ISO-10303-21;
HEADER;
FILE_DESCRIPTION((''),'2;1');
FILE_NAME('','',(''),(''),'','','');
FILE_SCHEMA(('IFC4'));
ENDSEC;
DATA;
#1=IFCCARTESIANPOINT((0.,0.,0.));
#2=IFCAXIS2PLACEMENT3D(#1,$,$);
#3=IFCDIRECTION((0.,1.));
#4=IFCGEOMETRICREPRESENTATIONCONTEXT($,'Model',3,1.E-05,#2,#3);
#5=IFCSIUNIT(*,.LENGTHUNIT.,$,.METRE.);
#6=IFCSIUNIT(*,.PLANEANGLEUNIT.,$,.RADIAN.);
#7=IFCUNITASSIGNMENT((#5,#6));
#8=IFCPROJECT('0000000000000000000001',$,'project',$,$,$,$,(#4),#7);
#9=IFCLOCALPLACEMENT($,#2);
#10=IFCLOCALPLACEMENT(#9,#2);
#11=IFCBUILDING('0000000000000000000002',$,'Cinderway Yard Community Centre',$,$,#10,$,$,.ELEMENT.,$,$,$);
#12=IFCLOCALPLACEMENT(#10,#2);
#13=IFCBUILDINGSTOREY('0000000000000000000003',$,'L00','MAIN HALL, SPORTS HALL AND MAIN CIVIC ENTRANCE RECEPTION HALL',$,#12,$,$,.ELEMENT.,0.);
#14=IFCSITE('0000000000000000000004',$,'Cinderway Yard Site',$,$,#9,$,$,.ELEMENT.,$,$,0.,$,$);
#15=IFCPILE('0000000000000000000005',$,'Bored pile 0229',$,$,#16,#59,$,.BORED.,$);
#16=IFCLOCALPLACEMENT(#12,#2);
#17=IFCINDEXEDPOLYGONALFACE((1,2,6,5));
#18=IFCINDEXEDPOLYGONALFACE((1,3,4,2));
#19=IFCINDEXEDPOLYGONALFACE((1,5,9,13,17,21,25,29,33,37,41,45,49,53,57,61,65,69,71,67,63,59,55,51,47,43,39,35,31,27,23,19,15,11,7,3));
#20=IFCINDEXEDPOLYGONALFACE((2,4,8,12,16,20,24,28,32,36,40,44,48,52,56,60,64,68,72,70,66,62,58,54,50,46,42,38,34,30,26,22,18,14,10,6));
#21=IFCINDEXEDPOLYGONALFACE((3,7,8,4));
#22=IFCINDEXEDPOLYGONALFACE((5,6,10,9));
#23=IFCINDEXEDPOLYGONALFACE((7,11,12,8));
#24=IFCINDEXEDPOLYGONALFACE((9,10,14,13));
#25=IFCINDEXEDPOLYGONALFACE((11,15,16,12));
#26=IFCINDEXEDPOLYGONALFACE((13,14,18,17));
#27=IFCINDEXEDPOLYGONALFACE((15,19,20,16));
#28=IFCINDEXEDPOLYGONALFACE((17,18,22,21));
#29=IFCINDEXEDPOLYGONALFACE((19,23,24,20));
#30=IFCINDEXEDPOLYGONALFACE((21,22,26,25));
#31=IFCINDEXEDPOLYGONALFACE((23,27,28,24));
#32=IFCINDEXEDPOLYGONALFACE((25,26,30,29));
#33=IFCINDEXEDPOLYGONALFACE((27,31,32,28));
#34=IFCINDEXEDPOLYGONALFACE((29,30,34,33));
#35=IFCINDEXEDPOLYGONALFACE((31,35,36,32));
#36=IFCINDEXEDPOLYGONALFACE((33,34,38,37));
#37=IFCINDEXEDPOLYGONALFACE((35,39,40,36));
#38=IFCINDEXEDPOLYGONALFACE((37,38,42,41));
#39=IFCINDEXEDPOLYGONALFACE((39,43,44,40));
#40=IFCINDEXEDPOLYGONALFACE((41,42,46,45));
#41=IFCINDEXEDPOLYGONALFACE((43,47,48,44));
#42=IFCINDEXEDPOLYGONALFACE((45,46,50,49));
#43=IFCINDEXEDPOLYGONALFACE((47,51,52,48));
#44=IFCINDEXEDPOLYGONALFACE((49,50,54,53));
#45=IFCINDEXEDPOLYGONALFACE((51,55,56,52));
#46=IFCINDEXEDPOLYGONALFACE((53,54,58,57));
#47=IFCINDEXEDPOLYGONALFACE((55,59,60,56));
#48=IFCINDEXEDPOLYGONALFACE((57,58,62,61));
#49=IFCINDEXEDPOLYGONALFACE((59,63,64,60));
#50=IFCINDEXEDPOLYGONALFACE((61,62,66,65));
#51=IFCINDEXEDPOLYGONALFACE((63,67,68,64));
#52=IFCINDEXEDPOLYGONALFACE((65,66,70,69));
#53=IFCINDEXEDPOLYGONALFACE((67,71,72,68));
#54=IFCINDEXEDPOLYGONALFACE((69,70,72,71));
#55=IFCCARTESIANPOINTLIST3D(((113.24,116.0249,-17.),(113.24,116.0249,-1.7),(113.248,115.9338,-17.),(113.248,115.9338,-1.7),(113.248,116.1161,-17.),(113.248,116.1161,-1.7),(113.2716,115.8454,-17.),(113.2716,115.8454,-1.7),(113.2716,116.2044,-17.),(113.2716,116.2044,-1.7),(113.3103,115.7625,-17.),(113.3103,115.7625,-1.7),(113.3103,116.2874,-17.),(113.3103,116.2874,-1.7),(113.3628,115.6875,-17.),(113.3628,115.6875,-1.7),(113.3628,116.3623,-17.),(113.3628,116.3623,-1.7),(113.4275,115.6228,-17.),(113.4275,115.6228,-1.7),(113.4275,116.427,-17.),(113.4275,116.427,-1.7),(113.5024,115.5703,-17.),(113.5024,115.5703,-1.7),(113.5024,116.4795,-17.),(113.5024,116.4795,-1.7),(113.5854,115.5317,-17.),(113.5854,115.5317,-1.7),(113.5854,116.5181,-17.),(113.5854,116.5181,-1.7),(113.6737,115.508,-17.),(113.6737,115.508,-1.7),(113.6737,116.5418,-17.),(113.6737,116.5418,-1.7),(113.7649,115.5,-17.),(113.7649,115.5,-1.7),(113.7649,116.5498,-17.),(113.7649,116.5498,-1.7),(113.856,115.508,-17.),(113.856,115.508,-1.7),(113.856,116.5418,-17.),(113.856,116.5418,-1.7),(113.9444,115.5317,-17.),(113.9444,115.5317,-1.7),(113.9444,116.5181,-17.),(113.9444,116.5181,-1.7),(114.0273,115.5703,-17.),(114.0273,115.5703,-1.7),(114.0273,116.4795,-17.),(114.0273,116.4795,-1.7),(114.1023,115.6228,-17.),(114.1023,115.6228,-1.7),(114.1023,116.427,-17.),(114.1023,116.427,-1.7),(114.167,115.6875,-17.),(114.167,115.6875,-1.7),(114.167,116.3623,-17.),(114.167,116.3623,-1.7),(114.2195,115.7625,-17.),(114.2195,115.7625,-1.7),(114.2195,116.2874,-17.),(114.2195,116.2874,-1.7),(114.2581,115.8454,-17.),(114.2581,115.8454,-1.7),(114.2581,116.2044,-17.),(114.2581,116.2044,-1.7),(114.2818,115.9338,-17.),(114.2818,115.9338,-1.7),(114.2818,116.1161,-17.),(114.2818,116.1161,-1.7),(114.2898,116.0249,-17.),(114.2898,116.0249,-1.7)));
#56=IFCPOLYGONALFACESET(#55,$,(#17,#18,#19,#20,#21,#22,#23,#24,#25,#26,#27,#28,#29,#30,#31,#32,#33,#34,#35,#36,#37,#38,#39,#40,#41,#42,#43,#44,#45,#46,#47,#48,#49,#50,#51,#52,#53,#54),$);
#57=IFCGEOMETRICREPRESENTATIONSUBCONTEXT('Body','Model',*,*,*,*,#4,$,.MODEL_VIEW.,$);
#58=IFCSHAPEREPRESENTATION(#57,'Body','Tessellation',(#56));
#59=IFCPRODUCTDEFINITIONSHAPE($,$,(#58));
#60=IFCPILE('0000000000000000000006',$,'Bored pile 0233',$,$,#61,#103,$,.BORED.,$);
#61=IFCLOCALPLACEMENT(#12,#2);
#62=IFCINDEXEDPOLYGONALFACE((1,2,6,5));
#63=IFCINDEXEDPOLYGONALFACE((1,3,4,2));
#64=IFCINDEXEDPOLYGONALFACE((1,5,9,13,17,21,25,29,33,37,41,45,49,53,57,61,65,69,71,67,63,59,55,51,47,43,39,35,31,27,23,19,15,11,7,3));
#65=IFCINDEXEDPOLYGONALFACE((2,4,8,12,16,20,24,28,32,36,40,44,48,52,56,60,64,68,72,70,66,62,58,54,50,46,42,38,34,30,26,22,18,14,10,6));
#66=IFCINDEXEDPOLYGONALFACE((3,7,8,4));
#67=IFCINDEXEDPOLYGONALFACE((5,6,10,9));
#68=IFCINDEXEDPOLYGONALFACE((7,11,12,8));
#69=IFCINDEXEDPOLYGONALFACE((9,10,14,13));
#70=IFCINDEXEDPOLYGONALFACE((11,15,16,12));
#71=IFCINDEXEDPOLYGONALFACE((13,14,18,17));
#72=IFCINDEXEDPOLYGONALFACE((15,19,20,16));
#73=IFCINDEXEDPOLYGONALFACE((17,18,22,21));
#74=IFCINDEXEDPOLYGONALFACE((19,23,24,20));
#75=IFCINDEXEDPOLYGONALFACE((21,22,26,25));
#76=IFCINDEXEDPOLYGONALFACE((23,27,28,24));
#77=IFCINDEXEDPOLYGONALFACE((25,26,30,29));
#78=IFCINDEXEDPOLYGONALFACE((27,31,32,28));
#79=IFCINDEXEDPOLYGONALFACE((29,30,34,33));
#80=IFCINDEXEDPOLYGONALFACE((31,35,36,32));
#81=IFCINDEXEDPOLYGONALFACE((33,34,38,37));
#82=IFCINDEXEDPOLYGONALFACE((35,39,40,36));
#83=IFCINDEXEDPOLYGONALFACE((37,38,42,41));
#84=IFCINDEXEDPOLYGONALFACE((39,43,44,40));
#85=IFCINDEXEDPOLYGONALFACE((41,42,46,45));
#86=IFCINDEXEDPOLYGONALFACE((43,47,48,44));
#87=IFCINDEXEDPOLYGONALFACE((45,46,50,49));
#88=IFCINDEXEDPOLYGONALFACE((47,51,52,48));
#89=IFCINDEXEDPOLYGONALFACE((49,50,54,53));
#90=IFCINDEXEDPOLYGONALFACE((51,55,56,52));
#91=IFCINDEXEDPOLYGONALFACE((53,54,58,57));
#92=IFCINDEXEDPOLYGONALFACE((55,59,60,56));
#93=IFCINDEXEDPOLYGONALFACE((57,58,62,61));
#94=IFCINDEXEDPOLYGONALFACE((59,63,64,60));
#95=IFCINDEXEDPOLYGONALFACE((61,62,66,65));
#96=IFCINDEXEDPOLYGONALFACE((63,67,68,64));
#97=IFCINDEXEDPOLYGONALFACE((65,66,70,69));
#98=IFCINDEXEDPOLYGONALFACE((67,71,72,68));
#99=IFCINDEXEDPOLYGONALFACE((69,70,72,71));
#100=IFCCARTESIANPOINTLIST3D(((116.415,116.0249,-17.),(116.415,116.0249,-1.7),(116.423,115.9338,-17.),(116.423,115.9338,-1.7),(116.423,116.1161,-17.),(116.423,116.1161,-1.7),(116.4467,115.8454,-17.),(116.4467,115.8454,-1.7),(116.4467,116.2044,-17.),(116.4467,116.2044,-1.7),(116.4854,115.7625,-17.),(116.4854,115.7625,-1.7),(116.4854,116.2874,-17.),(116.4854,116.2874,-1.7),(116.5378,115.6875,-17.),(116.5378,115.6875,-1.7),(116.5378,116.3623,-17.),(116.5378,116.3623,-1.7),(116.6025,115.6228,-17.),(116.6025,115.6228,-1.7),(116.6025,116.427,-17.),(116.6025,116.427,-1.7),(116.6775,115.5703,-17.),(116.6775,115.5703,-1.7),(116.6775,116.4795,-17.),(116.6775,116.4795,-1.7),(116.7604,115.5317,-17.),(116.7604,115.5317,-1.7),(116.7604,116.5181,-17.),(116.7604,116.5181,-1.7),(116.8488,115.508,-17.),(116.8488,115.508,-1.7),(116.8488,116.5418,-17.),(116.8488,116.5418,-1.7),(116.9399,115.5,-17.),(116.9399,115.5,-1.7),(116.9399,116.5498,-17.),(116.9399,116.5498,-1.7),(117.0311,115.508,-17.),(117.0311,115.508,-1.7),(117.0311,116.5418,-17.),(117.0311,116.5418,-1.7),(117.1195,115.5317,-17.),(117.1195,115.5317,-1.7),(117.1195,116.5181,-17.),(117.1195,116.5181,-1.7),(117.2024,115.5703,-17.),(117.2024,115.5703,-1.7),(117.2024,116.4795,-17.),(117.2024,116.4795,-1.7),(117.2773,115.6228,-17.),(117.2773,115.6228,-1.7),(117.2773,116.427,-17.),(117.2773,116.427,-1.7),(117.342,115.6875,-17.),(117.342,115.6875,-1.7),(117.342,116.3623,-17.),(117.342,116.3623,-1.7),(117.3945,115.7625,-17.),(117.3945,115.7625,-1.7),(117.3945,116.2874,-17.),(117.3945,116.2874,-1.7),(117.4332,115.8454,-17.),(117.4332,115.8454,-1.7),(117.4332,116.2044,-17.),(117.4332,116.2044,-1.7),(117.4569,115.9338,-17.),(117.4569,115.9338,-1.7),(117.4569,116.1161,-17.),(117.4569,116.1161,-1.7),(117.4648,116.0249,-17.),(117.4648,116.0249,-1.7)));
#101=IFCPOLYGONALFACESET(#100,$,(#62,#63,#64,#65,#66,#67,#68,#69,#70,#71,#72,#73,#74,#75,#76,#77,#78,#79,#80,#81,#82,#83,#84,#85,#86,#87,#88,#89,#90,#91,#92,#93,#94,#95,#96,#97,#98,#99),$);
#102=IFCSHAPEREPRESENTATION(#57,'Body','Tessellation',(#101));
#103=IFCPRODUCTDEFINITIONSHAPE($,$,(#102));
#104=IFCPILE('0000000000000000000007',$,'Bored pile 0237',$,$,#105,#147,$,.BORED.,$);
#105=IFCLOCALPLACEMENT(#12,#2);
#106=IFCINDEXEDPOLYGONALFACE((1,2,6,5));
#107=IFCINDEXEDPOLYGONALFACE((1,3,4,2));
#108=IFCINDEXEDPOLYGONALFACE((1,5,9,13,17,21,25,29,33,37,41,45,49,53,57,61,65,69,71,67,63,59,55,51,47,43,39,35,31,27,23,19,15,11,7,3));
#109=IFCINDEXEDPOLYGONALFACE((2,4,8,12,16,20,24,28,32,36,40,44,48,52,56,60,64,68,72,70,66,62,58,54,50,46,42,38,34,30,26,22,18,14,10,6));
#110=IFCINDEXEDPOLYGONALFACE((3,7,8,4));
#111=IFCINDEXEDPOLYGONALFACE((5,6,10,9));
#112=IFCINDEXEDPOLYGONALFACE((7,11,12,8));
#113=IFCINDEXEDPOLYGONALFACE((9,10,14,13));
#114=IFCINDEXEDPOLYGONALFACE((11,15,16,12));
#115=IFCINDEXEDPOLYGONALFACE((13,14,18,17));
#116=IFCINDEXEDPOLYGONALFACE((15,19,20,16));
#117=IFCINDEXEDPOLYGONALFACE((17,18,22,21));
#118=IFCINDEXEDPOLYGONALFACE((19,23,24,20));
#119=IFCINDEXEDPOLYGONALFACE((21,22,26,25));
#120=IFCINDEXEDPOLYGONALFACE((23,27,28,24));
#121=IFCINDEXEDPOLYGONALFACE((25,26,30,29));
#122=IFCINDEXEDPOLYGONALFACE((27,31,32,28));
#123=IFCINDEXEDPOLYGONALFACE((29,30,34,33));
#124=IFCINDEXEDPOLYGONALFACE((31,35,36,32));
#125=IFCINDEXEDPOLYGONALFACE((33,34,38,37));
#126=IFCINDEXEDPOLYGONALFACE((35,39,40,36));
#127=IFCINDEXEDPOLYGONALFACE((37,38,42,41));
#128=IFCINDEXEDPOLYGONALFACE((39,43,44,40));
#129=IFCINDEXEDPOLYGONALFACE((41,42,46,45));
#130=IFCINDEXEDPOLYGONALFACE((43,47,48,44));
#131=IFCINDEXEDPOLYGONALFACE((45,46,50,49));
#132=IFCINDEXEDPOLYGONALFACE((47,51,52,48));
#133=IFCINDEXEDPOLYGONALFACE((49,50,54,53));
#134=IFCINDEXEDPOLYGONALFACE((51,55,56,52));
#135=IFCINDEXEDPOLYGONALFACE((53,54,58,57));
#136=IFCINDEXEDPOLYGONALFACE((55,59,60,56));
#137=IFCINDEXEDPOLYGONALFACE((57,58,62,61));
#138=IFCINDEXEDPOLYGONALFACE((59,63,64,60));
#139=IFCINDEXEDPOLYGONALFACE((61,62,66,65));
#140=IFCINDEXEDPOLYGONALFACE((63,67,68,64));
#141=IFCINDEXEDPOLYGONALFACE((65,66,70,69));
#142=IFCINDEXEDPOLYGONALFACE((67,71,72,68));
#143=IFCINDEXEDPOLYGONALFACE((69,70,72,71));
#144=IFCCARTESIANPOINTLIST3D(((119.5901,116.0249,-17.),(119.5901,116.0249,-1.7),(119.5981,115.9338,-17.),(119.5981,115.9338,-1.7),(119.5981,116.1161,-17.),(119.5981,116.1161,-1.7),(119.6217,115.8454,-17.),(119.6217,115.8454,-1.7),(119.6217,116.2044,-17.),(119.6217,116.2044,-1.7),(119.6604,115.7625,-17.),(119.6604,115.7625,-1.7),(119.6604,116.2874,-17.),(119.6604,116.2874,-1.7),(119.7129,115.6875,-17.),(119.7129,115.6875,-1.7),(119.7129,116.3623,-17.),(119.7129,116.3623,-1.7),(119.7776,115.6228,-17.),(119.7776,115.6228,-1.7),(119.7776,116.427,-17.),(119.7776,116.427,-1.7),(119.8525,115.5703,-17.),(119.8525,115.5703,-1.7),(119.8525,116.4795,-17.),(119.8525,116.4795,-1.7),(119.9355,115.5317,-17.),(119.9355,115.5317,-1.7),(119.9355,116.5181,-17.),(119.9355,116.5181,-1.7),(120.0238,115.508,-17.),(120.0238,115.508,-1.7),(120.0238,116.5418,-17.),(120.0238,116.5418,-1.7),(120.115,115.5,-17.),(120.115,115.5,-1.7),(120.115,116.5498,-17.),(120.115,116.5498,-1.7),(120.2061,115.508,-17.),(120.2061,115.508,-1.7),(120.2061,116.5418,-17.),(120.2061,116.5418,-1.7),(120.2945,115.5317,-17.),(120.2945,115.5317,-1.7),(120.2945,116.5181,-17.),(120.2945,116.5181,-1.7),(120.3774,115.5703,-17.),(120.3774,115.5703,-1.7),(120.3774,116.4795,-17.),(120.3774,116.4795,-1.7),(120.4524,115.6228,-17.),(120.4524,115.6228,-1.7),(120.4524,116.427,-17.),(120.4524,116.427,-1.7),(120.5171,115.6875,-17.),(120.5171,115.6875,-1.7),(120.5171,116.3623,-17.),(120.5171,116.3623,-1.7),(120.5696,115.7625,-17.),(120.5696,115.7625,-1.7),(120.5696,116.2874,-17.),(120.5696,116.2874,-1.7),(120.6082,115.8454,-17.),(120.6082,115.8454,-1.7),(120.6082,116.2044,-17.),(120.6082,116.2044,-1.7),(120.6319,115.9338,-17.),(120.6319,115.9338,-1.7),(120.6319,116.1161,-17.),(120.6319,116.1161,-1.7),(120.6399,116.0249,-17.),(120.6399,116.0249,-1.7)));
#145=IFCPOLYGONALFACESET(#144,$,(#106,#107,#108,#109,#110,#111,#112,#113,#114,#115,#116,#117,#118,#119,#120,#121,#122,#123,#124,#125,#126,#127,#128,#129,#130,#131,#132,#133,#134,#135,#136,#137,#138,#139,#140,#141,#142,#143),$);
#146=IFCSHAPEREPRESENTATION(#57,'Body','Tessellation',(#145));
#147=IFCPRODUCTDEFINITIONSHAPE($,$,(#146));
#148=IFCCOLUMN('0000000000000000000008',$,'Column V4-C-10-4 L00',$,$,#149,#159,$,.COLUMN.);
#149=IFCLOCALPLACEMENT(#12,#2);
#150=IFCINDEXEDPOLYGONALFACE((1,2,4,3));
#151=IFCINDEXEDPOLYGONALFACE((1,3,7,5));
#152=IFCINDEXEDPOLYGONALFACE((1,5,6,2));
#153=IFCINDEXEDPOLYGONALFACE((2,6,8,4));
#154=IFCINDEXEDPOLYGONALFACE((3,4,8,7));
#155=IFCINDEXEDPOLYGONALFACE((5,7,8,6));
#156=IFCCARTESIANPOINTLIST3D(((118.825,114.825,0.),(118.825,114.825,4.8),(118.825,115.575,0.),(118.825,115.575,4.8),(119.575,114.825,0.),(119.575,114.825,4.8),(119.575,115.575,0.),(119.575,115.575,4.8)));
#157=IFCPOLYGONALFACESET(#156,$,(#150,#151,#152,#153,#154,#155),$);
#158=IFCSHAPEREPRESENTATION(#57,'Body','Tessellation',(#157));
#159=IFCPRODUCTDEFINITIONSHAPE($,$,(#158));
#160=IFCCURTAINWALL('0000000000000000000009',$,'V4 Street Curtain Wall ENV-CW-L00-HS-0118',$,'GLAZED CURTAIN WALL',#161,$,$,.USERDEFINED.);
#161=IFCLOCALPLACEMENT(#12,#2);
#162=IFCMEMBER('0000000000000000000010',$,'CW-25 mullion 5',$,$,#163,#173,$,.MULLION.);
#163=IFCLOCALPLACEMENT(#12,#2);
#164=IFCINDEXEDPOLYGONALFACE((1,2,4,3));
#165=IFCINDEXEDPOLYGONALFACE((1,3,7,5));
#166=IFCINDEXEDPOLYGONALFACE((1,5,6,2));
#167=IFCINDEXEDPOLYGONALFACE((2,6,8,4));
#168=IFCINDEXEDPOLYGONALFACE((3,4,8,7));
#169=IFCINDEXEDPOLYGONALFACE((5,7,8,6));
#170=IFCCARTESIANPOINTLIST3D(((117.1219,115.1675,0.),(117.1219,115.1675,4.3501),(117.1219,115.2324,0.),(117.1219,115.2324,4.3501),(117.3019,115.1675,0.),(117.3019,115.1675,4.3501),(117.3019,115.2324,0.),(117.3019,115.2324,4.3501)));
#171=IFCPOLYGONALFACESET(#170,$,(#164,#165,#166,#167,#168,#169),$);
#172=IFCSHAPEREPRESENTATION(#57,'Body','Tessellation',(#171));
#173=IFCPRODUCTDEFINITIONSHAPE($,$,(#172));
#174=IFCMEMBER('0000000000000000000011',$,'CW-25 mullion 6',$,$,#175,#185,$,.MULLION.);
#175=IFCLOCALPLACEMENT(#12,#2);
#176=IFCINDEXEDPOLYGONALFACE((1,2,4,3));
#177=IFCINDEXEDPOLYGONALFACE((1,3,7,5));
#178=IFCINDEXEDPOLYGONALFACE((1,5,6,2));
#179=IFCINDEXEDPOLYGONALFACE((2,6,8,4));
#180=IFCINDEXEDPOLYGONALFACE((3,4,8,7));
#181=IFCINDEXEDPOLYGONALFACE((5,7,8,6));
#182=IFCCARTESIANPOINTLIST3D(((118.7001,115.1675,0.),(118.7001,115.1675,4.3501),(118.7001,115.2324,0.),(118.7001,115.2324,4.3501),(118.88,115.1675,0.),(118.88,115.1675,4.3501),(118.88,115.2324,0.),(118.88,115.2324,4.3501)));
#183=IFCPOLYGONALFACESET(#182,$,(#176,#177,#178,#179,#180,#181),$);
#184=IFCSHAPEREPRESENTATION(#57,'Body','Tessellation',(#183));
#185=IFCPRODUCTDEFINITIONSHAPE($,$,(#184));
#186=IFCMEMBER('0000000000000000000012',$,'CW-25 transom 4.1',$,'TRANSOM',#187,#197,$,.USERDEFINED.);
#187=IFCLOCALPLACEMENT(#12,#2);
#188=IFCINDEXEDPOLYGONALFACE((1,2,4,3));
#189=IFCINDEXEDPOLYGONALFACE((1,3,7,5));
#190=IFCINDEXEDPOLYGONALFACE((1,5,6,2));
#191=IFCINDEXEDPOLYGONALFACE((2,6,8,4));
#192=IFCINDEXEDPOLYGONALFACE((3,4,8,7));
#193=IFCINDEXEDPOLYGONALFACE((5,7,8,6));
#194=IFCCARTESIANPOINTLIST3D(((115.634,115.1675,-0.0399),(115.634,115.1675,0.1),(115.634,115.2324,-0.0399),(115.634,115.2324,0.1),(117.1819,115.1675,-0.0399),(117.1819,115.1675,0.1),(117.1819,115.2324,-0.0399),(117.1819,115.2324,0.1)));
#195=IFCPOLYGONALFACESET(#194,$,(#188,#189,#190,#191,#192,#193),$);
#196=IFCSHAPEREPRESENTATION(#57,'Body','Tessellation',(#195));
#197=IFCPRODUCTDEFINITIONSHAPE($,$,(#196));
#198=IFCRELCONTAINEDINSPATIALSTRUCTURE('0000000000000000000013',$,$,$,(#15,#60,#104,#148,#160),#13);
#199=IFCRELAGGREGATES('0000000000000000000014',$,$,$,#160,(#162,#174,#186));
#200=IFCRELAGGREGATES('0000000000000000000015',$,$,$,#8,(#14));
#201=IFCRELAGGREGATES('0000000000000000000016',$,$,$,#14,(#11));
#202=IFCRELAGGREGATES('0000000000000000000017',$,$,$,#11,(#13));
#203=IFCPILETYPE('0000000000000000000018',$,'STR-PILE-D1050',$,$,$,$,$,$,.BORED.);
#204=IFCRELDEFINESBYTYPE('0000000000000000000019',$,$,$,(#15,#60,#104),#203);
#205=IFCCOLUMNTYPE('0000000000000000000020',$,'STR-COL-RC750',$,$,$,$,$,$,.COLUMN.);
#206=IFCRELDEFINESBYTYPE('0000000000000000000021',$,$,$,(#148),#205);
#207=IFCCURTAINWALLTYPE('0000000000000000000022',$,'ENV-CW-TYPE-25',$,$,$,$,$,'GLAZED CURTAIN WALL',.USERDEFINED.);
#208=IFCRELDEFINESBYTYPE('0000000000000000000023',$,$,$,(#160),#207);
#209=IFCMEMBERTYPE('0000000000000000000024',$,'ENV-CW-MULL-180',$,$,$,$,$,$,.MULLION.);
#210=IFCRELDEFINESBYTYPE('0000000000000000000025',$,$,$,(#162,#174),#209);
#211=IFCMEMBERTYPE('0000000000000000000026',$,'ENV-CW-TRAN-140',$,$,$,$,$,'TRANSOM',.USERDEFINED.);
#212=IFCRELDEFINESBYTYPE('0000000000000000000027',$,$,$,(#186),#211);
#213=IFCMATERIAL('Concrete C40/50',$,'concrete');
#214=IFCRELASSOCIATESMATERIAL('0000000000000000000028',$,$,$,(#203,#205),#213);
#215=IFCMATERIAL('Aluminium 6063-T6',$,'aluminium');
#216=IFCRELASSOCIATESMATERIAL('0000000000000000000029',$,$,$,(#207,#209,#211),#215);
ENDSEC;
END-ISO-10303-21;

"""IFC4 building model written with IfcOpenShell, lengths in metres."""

from ifc_helpers import new_model, si_unit, direction, frame, origin, origin_2d, place, context, subcontext, project, spatial, rectangle, circle, extrude, material, material_profile, profile_set, type_object, element, aggregate, save


model = new_model("IFC4")

# Units and contexts
model_context = context("Model", 3, precision=1e-05, world=origin(), true_north=direction((0.0, 1.0)))
body_context = subcontext(model_context, "Body", "Model", "MODEL_VIEW")
ifc_project = project(units=[si_unit("LENGTHUNIT", "METRE"), si_unit("PLANEANGLEUNIT", "RADIAN")], contexts=[model_context])

# Site, building, storey
site_placement = place(None, origin())
site = spatial("IfcSite", under=ifc_project, at=site_placement, Name="Cinderway Yard Site", CompositionType="ELEMENT", RefElevation=0.0)
building_placement = place(site_placement, origin())
building = spatial("IfcBuilding", under=site, at=building_placement, Name="Cinderway Yard Community Centre", CompositionType="ELEMENT")
storey_placement = place(building_placement, origin())
storey = spatial("IfcBuildingStorey", under=building, at=storey_placement, Name="L00", Description="MAIN HALL, SPORTS HALL AND MAIN CIVIC ENTRANCE RECEPTION HALL", CompositionType="ELEMENT", Elevation=0.0)

# Piles
ifc_material_1 = material(Name="Concrete C40/50", Category="concrete")
ifc_material_profile_1 = material_profile(ifc_material_1, circle(Radius=0.5249, at=origin_2d()), Name="Concrete C40/50")
ifc_profile_set_1 = profile_set([ifc_material_profile_1], Name="Concrete C40/50")
pile_type = type_object("IfcPileType", Name="STR-PILE-D1050", PredefinedType="BORED", material=ifc_profile_set_1)
for number, where, z_axis, x_axis, name in (
    (1, (113.7649, 116.0249, -1.7), (0.0, 0.0, -1.0), (1.0, 0.0, 0.0), "Bored pile 0229"),
    (2, (116.9399, 116.0249, -1.7), (0.0, 0.0, -1.0), (1.0, 0.0, 0.0), "Bored pile 0233"),
    (3, (120.115, 116.0249, -1.7), (0.0, 0.0, -1.0), (1.0, 0.0, 0.0), "Bored pile 0237"),
):
    element("IfcPile", number, at=place(storey_placement, frame(where, z_axis=z_axis, x_axis=x_axis)), inside=storey, type_object=pile_type, Name=name, PredefinedType="BORED", context=body_context, shape_type="SweptSolid", body=[
        extrude(circle(Radius=0.5249, at=origin_2d()), origin(), (0.0, 0.0, 1.0), 15.3),
    ])

# Column
ifc_material_profile_2 = material_profile(ifc_material_1, rectangle(XDim=0.75, YDim=0.75, at=origin_2d()), Name="Concrete C40/50")
ifc_profile_set_2 = profile_set([ifc_material_profile_2], Name="Concrete C40/50")
column_type = type_object("IfcColumnType", Name="STR-COL-RC750", PredefinedType="COLUMN", material=ifc_profile_set_2)
column_placement = place(storey_placement, frame((119.2, 115.2, 0.0), z_axis=(0.0, 0.0, 1.0), x_axis=(1.0, 0.0, 0.0)))
element("IfcColumn", 4, at=column_placement, inside=storey, type_object=column_type, Name="Column V4-C-10-4 L00", PredefinedType="COLUMN", context=body_context, shape_type="SweptSolid", body=[
    extrude(rectangle(XDim=0.75, YDim=0.75, at=origin_2d()), origin(), (0.0, 0.0, 1.0), 4.8),
])

# Curtain wall, members
ifc_material_2 = material(Name="Aluminium 6063-T6", Category="aluminium")
curtain_wall_type = type_object("IfcCurtainWallType", Name="ENV-CW-TYPE-25", ElementType="GLAZED CURTAIN WALL", PredefinedType="USERDEFINED", material=ifc_material_2)
curtain_wall_placement = place(storey_placement, origin())
curtain_wall = element("IfcCurtainWall", 5, at=curtain_wall_placement, inside=storey, type_object=curtain_wall_type, Name="V4 Street Curtain Wall ENV-CW-L00-HS-0118", ObjectType="GLAZED CURTAIN WALL", PredefinedType="USERDEFINED")
ifc_material_profile_3 = material_profile(ifc_material_2, rectangle(XDim=0.0649, YDim=0.1799, at=origin_2d()), Name="Aluminium 6063-T6")
ifc_profile_set_3 = profile_set([ifc_material_profile_3], Name="Aluminium 6063-T6")
member_type_1 = type_object("IfcMemberType", Name="ENV-CW-MULL-180", PredefinedType="MULLION", material=ifc_profile_set_3)
member_1_placement = place(storey_placement, frame((117.2119, 115.2, 0.0), z_axis=(0.0, 0.0, 1.0), x_axis=(0.0, 1.0, 0.0)))
member_1 = element("IfcMember", 6, at=member_1_placement, type_object=member_type_1, Name="CW-25 mullion 5", PredefinedType="MULLION", context=body_context, shape_type="SweptSolid", body=[
    extrude(rectangle(XDim=0.0649, YDim=0.1799, at=origin_2d()), origin(), (0.0, 0.0, 1.0), 4.3501),
])
member_2_placement = place(storey_placement, frame((118.79, 115.2, 0.0), z_axis=(0.0, 0.0, 1.0), x_axis=(0.0, 1.0, 0.0)))
member_2 = element("IfcMember", 7, at=member_2_placement, type_object=member_type_1, Name="CW-25 mullion 6", PredefinedType="MULLION", context=body_context, shape_type="SweptSolid", body=[
    extrude(rectangle(XDim=0.0649, YDim=0.1799, at=origin_2d()), origin(), (0.0, 0.0, 1.0), 4.3501),
])
ifc_material_profile_4 = material_profile(ifc_material_2, rectangle(XDim=0.0649, YDim=0.1399, at=origin_2d()), Name="Aluminium 6063-T6")
ifc_profile_set_4 = profile_set([ifc_material_profile_4], Name="Aluminium 6063-T6")
member_type_2 = type_object("IfcMemberType", Name="ENV-CW-TRAN-140", ElementType="TRANSOM", PredefinedType="USERDEFINED", material=ifc_profile_set_4)
member_3_placement = place(storey_placement, frame((115.634, 115.2, 0.03), z_axis=(1.0, 0.0, 0.0), x_axis=(0.0, 1.0, 0.0)))
member_3 = element("IfcMember", 8, at=member_3_placement, type_object=member_type_2, Name="CW-25 transom 4.1", ObjectType="TRANSOM", PredefinedType="USERDEFINED", context=body_context, shape_type="SweptSolid", body=[
    extrude(rectangle(XDim=0.0649, YDim=0.1399, at=origin_2d()), origin(), (0.0, 0.0, 1.0), 1.5479),
])
aggregate(curtain_wall, [member_1, member_2, member_3])

save(model, "model.ifc")
